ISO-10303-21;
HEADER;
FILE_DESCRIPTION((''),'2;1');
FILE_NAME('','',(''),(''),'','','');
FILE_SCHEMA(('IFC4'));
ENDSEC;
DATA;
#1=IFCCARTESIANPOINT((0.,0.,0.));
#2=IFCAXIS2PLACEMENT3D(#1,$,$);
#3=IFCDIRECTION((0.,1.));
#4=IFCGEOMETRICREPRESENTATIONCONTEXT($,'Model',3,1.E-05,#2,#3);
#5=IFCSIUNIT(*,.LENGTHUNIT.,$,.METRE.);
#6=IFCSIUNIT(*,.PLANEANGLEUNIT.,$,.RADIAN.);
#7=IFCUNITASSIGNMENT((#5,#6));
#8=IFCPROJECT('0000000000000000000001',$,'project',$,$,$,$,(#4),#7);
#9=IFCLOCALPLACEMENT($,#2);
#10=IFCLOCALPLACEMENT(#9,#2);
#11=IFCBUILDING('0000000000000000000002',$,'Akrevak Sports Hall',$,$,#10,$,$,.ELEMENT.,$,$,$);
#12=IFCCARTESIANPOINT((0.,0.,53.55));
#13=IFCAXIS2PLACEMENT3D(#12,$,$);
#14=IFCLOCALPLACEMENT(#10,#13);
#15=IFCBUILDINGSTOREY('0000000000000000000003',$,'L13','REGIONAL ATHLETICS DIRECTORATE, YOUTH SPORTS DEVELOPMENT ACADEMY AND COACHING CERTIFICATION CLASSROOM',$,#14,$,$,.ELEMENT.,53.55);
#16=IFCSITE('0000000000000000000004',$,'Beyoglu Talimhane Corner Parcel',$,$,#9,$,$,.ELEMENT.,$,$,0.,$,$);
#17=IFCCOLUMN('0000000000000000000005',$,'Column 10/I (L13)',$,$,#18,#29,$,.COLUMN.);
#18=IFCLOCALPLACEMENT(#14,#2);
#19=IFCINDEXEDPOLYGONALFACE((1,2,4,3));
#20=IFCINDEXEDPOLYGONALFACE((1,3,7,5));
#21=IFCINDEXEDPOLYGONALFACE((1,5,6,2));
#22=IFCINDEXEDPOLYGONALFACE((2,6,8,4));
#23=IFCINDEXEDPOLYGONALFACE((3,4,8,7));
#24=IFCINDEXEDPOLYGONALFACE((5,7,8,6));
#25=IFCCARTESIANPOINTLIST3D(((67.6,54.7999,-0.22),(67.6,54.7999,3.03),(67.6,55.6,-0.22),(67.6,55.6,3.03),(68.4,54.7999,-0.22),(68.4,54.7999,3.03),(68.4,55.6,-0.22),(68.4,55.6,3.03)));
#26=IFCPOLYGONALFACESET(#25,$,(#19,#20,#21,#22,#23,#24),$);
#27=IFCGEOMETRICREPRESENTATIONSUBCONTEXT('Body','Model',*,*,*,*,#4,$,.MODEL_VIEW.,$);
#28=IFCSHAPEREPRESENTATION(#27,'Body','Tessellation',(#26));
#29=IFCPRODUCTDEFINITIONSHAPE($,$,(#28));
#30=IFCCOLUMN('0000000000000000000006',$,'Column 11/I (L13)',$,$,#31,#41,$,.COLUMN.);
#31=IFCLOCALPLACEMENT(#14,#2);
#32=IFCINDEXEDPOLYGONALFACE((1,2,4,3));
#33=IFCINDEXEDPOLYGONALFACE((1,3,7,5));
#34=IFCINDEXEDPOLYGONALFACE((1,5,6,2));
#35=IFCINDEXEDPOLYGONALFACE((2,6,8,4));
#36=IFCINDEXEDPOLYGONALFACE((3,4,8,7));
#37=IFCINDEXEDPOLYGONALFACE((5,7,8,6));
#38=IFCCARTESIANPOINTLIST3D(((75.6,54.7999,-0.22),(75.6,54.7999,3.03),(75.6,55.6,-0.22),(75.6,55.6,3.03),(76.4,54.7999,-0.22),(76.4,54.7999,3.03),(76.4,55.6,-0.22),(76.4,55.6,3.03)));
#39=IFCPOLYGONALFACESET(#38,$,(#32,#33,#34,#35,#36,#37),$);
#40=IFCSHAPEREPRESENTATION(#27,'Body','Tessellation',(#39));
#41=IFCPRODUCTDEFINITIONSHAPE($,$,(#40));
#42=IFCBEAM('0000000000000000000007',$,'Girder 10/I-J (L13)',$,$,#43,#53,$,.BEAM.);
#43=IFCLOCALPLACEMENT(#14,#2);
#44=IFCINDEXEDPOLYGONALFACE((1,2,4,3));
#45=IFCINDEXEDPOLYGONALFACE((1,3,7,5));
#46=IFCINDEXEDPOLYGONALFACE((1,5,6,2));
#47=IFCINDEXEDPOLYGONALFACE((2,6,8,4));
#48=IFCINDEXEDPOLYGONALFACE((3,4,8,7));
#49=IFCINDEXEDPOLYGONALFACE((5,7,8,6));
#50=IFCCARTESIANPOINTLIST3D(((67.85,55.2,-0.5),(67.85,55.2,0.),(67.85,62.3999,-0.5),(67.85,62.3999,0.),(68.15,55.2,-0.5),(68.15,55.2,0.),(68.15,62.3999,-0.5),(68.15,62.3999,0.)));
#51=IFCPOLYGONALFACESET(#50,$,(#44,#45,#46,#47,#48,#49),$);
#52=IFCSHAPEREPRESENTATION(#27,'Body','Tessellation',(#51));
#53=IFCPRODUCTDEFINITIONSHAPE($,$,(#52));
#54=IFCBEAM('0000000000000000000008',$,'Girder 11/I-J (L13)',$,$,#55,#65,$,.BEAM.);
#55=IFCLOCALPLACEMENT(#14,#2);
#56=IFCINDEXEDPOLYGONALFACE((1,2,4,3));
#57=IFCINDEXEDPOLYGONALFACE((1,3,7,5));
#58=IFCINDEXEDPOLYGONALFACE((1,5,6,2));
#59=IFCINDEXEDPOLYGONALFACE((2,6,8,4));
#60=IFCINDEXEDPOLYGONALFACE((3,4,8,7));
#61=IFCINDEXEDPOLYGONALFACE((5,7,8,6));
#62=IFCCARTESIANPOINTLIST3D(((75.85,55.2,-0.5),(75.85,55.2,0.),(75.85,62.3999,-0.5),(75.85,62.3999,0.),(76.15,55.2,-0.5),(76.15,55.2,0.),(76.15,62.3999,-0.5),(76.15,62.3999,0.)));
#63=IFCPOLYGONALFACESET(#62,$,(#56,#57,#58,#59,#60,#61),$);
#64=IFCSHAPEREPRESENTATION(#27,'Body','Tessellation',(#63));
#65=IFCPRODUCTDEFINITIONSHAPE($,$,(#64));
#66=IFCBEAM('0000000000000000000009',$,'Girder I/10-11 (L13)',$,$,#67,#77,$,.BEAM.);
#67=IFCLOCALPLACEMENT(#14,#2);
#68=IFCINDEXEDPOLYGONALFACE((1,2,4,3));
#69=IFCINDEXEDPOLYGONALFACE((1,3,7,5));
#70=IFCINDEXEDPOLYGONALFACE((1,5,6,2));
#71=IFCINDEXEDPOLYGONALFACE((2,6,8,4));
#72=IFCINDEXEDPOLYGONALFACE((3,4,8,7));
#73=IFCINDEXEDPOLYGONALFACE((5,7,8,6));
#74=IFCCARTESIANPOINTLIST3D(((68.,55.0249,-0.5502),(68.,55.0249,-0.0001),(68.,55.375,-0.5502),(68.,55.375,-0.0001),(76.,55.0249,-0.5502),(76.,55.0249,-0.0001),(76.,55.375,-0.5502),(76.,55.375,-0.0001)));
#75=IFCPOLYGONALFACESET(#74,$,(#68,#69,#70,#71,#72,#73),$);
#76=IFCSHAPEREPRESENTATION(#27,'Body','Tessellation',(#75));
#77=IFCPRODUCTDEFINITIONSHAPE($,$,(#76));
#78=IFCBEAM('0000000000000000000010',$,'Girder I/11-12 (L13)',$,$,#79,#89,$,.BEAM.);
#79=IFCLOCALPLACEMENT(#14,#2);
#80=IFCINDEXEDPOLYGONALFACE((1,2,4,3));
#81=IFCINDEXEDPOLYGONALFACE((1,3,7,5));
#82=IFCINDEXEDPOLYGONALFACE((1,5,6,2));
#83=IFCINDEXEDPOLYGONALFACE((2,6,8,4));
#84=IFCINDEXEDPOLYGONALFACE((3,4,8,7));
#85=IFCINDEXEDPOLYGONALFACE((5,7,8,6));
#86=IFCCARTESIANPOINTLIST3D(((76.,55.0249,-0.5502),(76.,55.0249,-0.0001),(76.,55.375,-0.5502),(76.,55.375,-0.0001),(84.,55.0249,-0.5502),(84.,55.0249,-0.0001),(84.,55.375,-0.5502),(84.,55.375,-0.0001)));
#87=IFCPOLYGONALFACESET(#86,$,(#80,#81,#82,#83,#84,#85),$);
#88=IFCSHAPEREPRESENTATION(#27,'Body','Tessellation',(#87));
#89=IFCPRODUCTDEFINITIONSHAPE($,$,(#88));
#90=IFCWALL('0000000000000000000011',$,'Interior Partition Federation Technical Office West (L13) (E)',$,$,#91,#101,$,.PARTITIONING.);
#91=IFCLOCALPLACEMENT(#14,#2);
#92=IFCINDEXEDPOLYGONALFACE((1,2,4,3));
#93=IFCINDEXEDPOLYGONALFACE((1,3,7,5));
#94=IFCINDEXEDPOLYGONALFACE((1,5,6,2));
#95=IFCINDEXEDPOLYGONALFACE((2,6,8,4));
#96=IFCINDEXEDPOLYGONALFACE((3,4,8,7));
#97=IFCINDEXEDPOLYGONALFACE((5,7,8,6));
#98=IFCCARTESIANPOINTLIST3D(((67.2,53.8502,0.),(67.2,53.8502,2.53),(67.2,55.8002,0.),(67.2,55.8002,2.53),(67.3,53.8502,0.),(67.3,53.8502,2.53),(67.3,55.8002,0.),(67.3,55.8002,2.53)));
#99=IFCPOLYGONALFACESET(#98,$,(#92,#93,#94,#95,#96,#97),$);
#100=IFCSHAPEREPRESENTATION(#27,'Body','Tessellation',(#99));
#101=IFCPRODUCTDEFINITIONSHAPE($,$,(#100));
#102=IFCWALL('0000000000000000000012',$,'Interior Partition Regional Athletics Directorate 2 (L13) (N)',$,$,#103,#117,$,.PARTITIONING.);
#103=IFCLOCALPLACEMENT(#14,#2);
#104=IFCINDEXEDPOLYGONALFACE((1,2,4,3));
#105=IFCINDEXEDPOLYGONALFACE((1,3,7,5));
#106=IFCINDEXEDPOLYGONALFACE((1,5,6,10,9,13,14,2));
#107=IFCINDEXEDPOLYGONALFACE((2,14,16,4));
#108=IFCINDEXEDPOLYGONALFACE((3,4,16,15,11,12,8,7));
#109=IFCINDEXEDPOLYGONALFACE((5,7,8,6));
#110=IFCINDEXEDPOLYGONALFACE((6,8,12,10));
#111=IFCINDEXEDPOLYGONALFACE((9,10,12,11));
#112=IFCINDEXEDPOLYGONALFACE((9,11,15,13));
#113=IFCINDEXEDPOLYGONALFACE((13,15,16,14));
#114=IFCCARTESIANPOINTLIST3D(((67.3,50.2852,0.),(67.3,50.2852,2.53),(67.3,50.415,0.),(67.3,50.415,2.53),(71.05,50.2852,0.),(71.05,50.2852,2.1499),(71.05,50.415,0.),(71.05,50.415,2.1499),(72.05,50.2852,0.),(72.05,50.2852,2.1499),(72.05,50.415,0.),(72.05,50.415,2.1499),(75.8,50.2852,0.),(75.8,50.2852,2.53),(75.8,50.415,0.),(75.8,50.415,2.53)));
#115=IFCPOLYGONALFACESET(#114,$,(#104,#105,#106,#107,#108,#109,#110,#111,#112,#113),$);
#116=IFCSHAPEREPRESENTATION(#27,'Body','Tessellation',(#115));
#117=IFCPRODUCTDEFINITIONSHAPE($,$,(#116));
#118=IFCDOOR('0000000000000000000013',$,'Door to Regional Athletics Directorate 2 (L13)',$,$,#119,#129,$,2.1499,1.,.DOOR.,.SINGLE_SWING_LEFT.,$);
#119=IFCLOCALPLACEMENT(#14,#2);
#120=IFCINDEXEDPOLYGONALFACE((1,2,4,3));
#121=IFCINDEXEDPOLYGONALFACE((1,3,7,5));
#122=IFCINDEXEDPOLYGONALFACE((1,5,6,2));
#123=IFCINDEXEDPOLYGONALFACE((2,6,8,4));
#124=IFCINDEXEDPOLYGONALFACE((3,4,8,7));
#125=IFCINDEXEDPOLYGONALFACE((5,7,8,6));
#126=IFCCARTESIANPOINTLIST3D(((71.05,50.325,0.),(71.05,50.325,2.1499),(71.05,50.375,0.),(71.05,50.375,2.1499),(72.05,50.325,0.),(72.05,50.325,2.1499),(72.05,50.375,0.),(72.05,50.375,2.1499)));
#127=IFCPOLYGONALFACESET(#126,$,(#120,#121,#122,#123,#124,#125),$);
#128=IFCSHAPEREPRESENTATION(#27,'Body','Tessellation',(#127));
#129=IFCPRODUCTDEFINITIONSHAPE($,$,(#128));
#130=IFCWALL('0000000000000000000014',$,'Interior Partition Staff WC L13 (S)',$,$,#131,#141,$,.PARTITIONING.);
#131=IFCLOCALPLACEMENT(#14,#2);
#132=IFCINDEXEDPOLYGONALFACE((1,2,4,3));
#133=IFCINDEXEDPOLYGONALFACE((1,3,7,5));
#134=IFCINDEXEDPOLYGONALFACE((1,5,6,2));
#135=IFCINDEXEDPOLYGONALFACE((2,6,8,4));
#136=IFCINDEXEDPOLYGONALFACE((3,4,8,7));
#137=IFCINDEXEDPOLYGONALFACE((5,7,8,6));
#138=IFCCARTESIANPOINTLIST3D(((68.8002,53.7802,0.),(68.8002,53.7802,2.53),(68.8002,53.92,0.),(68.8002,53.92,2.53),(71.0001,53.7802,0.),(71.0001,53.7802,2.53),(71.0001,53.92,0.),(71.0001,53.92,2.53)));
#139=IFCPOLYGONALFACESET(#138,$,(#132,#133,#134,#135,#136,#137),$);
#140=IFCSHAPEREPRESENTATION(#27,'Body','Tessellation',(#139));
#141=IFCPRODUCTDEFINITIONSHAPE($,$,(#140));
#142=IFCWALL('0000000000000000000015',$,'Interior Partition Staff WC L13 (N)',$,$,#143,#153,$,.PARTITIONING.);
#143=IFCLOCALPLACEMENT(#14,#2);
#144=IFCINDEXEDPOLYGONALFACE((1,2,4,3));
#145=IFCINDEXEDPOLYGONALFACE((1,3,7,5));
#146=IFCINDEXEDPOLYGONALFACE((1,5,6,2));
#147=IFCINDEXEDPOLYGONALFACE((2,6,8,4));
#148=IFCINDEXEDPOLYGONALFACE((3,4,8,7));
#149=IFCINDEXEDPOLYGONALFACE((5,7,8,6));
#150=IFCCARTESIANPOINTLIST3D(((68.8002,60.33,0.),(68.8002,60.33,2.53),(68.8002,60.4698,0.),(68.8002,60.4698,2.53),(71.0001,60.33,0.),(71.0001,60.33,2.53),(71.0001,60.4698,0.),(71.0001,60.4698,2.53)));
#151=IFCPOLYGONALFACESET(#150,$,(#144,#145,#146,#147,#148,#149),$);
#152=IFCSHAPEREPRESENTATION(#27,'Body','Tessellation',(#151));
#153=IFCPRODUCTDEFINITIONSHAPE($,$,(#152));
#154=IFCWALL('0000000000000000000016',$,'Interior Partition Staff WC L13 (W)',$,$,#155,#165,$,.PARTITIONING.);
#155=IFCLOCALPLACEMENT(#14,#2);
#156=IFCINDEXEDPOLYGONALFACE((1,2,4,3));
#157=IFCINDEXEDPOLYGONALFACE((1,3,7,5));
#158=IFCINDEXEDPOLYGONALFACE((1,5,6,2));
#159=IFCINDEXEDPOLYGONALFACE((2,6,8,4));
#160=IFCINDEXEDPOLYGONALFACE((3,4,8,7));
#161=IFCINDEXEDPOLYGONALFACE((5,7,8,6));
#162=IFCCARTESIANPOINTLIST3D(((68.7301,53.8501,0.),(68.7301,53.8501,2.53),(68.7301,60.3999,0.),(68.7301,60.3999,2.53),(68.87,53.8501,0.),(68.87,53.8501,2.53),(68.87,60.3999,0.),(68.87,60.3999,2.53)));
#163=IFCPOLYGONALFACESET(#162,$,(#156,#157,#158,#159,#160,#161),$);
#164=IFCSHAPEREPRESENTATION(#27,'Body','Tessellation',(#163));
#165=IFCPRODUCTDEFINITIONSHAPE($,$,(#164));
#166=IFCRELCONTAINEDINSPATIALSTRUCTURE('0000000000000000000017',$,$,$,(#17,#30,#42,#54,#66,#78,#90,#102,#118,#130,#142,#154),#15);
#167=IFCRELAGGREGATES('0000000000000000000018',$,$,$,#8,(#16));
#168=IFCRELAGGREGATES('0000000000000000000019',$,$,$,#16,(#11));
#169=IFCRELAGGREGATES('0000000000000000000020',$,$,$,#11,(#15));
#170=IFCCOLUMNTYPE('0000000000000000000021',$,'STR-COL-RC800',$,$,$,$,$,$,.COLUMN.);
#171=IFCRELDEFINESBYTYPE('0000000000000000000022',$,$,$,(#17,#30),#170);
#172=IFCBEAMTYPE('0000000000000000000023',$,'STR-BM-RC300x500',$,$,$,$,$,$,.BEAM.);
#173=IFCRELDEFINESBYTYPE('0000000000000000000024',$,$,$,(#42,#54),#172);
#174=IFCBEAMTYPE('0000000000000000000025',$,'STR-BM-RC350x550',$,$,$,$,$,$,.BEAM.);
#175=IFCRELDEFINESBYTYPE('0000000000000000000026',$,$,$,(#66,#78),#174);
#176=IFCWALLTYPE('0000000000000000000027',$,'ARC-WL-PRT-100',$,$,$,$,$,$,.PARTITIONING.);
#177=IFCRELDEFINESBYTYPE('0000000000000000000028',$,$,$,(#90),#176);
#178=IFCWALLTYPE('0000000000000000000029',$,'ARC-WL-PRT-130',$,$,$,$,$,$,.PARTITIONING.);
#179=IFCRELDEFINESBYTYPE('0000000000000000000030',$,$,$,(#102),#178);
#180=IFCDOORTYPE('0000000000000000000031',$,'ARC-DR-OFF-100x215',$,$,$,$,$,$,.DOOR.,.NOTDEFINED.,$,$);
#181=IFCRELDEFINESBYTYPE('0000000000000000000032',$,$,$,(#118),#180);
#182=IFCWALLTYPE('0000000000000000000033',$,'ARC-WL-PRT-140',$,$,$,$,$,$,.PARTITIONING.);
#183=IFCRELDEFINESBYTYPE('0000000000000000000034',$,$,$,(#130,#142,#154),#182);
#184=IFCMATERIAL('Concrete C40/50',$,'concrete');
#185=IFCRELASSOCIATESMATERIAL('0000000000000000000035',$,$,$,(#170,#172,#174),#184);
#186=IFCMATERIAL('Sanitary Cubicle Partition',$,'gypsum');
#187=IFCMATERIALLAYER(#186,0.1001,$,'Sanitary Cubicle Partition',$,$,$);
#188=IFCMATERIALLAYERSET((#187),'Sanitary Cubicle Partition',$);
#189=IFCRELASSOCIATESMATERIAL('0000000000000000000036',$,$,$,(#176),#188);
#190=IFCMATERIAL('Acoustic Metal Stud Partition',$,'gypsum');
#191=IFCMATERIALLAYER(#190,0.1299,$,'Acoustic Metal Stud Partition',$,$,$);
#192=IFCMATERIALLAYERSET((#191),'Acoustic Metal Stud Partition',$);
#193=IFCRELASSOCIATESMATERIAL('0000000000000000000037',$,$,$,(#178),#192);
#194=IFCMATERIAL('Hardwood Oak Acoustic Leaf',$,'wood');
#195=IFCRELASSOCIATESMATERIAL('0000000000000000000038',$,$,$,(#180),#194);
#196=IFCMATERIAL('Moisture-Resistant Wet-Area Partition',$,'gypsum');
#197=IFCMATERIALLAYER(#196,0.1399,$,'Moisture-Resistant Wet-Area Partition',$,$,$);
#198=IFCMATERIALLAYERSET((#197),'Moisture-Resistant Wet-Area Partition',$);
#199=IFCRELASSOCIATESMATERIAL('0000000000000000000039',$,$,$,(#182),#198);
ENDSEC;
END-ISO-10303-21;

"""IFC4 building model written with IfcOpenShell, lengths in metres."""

from ifc_helpers import new_model, si_unit, direction, frame, frame_2d, origin, origin_2d, place, context, subcontext, project, spatial, rectangle, extrude, material, layer, layer_set, material_profile, profile_set, type_object, element, fill, save


model = new_model("IFC4")

# Units and contexts
model_context = context("Model", 3, precision=1e-05, world=origin(), true_north=direction((0.0, 1.0)))
body_context = subcontext(model_context, "Body", "Model", "MODEL_VIEW")
ifc_project = project(units=[si_unit("LENGTHUNIT", "METRE"), si_unit("PLANEANGLEUNIT", "RADIAN")], contexts=[model_context])

# Site, building, storey
site_placement = place(None, origin())
site = spatial("IfcSite", under=ifc_project, at=site_placement, Name="Beyoglu Talimhane Corner Parcel", CompositionType="ELEMENT", RefElevation=0.0)
building_placement = place(site_placement, origin())
building = spatial("IfcBuilding", under=site, at=building_placement, Name="Akrevak Sports Hall", CompositionType="ELEMENT")
storey_placement = place(building_placement, frame((0.0, 0.0, 53.55)))
storey = spatial("IfcBuildingStorey", under=building, at=storey_placement, Name="L13", Description="REGIONAL ATHLETICS DIRECTORATE, YOUTH SPORTS DEVELOPMENT ACADEMY AND COACHING CERTIFICATION CLASSROOM", CompositionType="ELEMENT", Elevation=53.55)

# Columns
ifc_material_1 = material(Name="Concrete C40/50", Category="concrete")
ifc_material_profile_1 = material_profile(ifc_material_1, rectangle(XDim=0.8, YDim=0.8, at=origin_2d()), Name="RC 800x800", Category="concrete")
ifc_profile_set_1 = profile_set([ifc_material_profile_1], Name="Concrete C40/50")
column_type = type_object("IfcColumnType", Name="STR-COL-RC800", PredefinedType="COLUMN", material=ifc_profile_set_1)
for number, where, z_axis, x_axis, name in (
    (1, (68.0, 55.2, -0.22), (0.0, 0.0, 1.0), (1.0, 0.0, 0.0), "Column 10/I (L13)"),
    (2, (76.0, 55.2, -0.22), (0.0, 0.0, 1.0), (1.0, 0.0, 0.0), "Column 11/I (L13)"),
):
    element("IfcColumn", number, at=place(storey_placement, frame(where, z_axis=z_axis, x_axis=x_axis)), inside=storey, type_object=column_type, Name=name, PredefinedType="COLUMN", context=body_context, shape_type="SweptSolid", body=[
        extrude(rectangle(XDim=0.8, YDim=0.8, at=origin_2d()), origin(), (0.0, 0.0, 1.0), 3.25),
    ])

# Beams
ifc_material_profile_2 = material_profile(ifc_material_1, rectangle(XDim=0.3, YDim=0.5, at=origin_2d()), Name="BM 300x500", Category="concrete")
ifc_profile_set_2 = profile_set([ifc_material_profile_2], Name="Concrete C40/50")
beam_type_1 = type_object("IfcBeamType", Name="STR-BM-RC300x500", PredefinedType="BEAM", material=ifc_profile_set_2)
for number, where, z_axis, x_axis, name in (
    (3, (68.0, 55.2, -0.25), (0.0, 1.0, 0.0), (-1.0, 0.0, 0.0), "Girder 10/I-J (L13)"),
    (4, (76.0, 55.2, -0.25), (0.0, 1.0, 0.0), (-1.0, 0.0, 0.0), "Girder 11/I-J (L13)"),
):
    element("IfcBeam", number, at=place(storey_placement, frame(where, z_axis=z_axis, x_axis=x_axis)), inside=storey, type_object=beam_type_1, Name=name, PredefinedType="BEAM", context=body_context, shape_type="SweptSolid", body=[
        extrude(rectangle(XDim=0.3, YDim=0.5, at=origin_2d()), origin(), (0.0, 0.0, 1.0), 7.2),
    ])
ifc_material_profile_3 = material_profile(ifc_material_1, rectangle(XDim=0.3501, YDim=0.55, at=origin_2d()), Name="BM 350x550", Category="concrete")
ifc_profile_set_3 = profile_set([ifc_material_profile_3], Name="Concrete C40/50")
beam_type_2 = type_object("IfcBeamType", Name="STR-BM-RC350x550", PredefinedType="BEAM", material=ifc_profile_set_3)
for number, where, z_axis, x_axis, name in (
    (5, (68.0, 55.2, -0.2751), (1.0, 0.0, 0.0), (0.0, 1.0, 0.0), "Girder I/10-11 (L13)"),
    (6, (76.0, 55.2, -0.2751), (1.0, 0.0, 0.0), (0.0, 1.0, 0.0), "Girder I/11-12 (L13)"),
):
    element("IfcBeam", number, at=place(storey_placement, frame(where, z_axis=z_axis, x_axis=x_axis)), inside=storey, type_object=beam_type_2, Name=name, PredefinedType="BEAM", context=body_context, shape_type="SweptSolid", body=[
        extrude(rectangle(XDim=0.3501, YDim=0.55, at=origin_2d()), origin(), (0.0, 0.0, 1.0), 8.0),
    ])

# Wall
ifc_material_2 = material(Name="Sanitary Cubicle Partition", Category="gypsum")
ifc_layer_1 = layer(ifc_material_2, 0.1001, Name="Sanitary Cubicle Partition")
ifc_layer_set_1 = layer_set([ifc_layer_1], Name="Sanitary Cubicle Partition")
wall_type_1 = type_object("IfcWallType", Name="ARC-WL-PRT-100", PredefinedType="PARTITIONING", material=ifc_layer_set_1)
wall_1_placement = place(storey_placement, frame((67.25, 53.8501, 0.0), z_axis=(0.0, 0.0, 1.0), x_axis=(0.0, 1.0, 0.0)))
element("IfcWall", 7, at=wall_1_placement, inside=storey, type_object=wall_type_1, Name="Interior Partition Federation Technical Office West (L13) (E)", PredefinedType="PARTITIONING", context=body_context, shape_type="SweptSolid", body=[
    extrude(rectangle(XDim=1.95, YDim=0.1001, at=frame_2d((0.9751, 0.0))), origin(), (0.0, 0.0, 1.0), 2.53),
])

# Wall, opening, door
ifc_material_3 = material(Name="Acoustic Metal Stud Partition", Category="gypsum")
ifc_layer_2 = layer(ifc_material_3, 0.1299, Name="Acoustic Metal Stud Partition")
ifc_layer_set_2 = layer_set([ifc_layer_2], Name="Acoustic Metal Stud Partition")
wall_type_2 = type_object("IfcWallType", Name="ARC-WL-PRT-130", PredefinedType="PARTITIONING", material=ifc_layer_set_2)
wall_2_placement = place(storey_placement, frame((67.3, 50.3501, 0.0), z_axis=(0.0, 0.0, 1.0), x_axis=(1.0, 0.0, 0.0)))
wall_2 = element("IfcWall", 8, at=wall_2_placement, inside=storey, type_object=wall_type_2, Name="Interior Partition Regional Athletics Directorate 2 (L13) (N)", PredefinedType="PARTITIONING", context=body_context, shape_type="SweptSolid", body=[
    extrude(rectangle(XDim=8.5, YDim=0.1299, at=frame_2d((4.25, 0.0))), origin(), (0.0, 0.0, 1.0), 2.53),
])
opening_1_placement = place(wall_2_placement, frame((3.75, 0.0, 0.0)))
opening_1 = element("IfcOpeningElement", 9, at=opening_1_placement, cuts=wall_2, PredefinedType="OPENING", context=body_context, shape_type="SweptSolid", body=[
    extrude(rectangle(XDim=1.0, YDim=2.1499, at=frame_2d((0.5, 1.075))), frame((0.0, 0.0769, 0.0), z_axis=(0.0, -1.0, 0.0), x_axis=(1.0, 0.0, 0.0)), (0.0, 0.0, 1.0), 0.1538),
])
ifc_material_4 = material(Name="Hardwood Oak Acoustic Leaf", Category="wood")
door_type_1 = type_object("IfcDoorType", Name="ARC-DR-OFF-100x215", OperationType="NOTDEFINED", PredefinedType="DOOR", material=ifc_material_4)
door_1_placement = place(opening_1_placement, origin())
door_1 = element("IfcDoor", 10, at=door_1_placement, inside=storey, type_object=door_type_1, Name="Door to Regional Athletics Directorate 2 (L13)", OperationType="SINGLE_SWING_LEFT", OverallHeight=2.1499, OverallWidth=1.0, PredefinedType="DOOR", context=body_context, shape_type="SweptSolid", body=[
    extrude(rectangle(XDim=1.0, YDim=2.1499, at=frame_2d((0.5, 1.075))), frame((0.0, 0.0249, 0.0), z_axis=(0.0, -1.0, 0.0), x_axis=(1.0, 0.0, 0.0)), (0.0, 0.0, 1.0), 0.05),
])
fill(opening_1, door_1)

# Walls
ifc_material_5 = material(Name="Moisture-Resistant Wet-Area Partition", Category="gypsum")
ifc_layer_3 = layer(ifc_material_5, 0.1399, Name="Moisture-Resistant Wet-Area Partition")
ifc_layer_set_3 = layer_set([ifc_layer_3], Name="Moisture-Resistant Wet-Area Partition")
wall_type_3 = type_object("IfcWallType", Name="ARC-WL-PRT-140", PredefinedType="PARTITIONING", material=ifc_layer_set_3)
for number, where, z_axis, x_axis, name in (
    (11, (68.8, 53.8501, 0.0), (0.0, 0.0, 1.0), (1.0, 0.0, 0.0), "Interior Partition Staff WC L13 (S)"),
    (12, (68.8, 60.3999, 0.0), (0.0, 0.0, 1.0), (1.0, 0.0, 0.0), "Interior Partition Staff WC L13 (N)"),
):
    element("IfcWall", number, at=place(storey_placement, frame(where, z_axis=z_axis, x_axis=x_axis)), inside=storey, type_object=wall_type_3, Name=name, PredefinedType="PARTITIONING", context=body_context, shape_type="SweptSolid", body=[
        extrude(rectangle(XDim=2.2, YDim=0.1399, at=frame_2d((1.1001, 0.0))), origin(), (0.0, 0.0, 1.0), 2.53),
    ])
wall_3_placement = place(storey_placement, frame((68.8, 53.8501, 0.0), z_axis=(0.0, 0.0, 1.0), x_axis=(0.0, 1.0, 0.0)))
element("IfcWall", 13, at=wall_3_placement, inside=storey, type_object=wall_type_3, Name="Interior Partition Staff WC L13 (W)", PredefinedType="PARTITIONING", context=body_context, shape_type="SweptSolid", body=[
    extrude(rectangle(XDim=6.5498, YDim=0.1399, at=frame_2d((3.2749, 0.0))), origin(), (0.0, 0.0, 1.0), 2.53),
])

save(model, "model.ifc")
